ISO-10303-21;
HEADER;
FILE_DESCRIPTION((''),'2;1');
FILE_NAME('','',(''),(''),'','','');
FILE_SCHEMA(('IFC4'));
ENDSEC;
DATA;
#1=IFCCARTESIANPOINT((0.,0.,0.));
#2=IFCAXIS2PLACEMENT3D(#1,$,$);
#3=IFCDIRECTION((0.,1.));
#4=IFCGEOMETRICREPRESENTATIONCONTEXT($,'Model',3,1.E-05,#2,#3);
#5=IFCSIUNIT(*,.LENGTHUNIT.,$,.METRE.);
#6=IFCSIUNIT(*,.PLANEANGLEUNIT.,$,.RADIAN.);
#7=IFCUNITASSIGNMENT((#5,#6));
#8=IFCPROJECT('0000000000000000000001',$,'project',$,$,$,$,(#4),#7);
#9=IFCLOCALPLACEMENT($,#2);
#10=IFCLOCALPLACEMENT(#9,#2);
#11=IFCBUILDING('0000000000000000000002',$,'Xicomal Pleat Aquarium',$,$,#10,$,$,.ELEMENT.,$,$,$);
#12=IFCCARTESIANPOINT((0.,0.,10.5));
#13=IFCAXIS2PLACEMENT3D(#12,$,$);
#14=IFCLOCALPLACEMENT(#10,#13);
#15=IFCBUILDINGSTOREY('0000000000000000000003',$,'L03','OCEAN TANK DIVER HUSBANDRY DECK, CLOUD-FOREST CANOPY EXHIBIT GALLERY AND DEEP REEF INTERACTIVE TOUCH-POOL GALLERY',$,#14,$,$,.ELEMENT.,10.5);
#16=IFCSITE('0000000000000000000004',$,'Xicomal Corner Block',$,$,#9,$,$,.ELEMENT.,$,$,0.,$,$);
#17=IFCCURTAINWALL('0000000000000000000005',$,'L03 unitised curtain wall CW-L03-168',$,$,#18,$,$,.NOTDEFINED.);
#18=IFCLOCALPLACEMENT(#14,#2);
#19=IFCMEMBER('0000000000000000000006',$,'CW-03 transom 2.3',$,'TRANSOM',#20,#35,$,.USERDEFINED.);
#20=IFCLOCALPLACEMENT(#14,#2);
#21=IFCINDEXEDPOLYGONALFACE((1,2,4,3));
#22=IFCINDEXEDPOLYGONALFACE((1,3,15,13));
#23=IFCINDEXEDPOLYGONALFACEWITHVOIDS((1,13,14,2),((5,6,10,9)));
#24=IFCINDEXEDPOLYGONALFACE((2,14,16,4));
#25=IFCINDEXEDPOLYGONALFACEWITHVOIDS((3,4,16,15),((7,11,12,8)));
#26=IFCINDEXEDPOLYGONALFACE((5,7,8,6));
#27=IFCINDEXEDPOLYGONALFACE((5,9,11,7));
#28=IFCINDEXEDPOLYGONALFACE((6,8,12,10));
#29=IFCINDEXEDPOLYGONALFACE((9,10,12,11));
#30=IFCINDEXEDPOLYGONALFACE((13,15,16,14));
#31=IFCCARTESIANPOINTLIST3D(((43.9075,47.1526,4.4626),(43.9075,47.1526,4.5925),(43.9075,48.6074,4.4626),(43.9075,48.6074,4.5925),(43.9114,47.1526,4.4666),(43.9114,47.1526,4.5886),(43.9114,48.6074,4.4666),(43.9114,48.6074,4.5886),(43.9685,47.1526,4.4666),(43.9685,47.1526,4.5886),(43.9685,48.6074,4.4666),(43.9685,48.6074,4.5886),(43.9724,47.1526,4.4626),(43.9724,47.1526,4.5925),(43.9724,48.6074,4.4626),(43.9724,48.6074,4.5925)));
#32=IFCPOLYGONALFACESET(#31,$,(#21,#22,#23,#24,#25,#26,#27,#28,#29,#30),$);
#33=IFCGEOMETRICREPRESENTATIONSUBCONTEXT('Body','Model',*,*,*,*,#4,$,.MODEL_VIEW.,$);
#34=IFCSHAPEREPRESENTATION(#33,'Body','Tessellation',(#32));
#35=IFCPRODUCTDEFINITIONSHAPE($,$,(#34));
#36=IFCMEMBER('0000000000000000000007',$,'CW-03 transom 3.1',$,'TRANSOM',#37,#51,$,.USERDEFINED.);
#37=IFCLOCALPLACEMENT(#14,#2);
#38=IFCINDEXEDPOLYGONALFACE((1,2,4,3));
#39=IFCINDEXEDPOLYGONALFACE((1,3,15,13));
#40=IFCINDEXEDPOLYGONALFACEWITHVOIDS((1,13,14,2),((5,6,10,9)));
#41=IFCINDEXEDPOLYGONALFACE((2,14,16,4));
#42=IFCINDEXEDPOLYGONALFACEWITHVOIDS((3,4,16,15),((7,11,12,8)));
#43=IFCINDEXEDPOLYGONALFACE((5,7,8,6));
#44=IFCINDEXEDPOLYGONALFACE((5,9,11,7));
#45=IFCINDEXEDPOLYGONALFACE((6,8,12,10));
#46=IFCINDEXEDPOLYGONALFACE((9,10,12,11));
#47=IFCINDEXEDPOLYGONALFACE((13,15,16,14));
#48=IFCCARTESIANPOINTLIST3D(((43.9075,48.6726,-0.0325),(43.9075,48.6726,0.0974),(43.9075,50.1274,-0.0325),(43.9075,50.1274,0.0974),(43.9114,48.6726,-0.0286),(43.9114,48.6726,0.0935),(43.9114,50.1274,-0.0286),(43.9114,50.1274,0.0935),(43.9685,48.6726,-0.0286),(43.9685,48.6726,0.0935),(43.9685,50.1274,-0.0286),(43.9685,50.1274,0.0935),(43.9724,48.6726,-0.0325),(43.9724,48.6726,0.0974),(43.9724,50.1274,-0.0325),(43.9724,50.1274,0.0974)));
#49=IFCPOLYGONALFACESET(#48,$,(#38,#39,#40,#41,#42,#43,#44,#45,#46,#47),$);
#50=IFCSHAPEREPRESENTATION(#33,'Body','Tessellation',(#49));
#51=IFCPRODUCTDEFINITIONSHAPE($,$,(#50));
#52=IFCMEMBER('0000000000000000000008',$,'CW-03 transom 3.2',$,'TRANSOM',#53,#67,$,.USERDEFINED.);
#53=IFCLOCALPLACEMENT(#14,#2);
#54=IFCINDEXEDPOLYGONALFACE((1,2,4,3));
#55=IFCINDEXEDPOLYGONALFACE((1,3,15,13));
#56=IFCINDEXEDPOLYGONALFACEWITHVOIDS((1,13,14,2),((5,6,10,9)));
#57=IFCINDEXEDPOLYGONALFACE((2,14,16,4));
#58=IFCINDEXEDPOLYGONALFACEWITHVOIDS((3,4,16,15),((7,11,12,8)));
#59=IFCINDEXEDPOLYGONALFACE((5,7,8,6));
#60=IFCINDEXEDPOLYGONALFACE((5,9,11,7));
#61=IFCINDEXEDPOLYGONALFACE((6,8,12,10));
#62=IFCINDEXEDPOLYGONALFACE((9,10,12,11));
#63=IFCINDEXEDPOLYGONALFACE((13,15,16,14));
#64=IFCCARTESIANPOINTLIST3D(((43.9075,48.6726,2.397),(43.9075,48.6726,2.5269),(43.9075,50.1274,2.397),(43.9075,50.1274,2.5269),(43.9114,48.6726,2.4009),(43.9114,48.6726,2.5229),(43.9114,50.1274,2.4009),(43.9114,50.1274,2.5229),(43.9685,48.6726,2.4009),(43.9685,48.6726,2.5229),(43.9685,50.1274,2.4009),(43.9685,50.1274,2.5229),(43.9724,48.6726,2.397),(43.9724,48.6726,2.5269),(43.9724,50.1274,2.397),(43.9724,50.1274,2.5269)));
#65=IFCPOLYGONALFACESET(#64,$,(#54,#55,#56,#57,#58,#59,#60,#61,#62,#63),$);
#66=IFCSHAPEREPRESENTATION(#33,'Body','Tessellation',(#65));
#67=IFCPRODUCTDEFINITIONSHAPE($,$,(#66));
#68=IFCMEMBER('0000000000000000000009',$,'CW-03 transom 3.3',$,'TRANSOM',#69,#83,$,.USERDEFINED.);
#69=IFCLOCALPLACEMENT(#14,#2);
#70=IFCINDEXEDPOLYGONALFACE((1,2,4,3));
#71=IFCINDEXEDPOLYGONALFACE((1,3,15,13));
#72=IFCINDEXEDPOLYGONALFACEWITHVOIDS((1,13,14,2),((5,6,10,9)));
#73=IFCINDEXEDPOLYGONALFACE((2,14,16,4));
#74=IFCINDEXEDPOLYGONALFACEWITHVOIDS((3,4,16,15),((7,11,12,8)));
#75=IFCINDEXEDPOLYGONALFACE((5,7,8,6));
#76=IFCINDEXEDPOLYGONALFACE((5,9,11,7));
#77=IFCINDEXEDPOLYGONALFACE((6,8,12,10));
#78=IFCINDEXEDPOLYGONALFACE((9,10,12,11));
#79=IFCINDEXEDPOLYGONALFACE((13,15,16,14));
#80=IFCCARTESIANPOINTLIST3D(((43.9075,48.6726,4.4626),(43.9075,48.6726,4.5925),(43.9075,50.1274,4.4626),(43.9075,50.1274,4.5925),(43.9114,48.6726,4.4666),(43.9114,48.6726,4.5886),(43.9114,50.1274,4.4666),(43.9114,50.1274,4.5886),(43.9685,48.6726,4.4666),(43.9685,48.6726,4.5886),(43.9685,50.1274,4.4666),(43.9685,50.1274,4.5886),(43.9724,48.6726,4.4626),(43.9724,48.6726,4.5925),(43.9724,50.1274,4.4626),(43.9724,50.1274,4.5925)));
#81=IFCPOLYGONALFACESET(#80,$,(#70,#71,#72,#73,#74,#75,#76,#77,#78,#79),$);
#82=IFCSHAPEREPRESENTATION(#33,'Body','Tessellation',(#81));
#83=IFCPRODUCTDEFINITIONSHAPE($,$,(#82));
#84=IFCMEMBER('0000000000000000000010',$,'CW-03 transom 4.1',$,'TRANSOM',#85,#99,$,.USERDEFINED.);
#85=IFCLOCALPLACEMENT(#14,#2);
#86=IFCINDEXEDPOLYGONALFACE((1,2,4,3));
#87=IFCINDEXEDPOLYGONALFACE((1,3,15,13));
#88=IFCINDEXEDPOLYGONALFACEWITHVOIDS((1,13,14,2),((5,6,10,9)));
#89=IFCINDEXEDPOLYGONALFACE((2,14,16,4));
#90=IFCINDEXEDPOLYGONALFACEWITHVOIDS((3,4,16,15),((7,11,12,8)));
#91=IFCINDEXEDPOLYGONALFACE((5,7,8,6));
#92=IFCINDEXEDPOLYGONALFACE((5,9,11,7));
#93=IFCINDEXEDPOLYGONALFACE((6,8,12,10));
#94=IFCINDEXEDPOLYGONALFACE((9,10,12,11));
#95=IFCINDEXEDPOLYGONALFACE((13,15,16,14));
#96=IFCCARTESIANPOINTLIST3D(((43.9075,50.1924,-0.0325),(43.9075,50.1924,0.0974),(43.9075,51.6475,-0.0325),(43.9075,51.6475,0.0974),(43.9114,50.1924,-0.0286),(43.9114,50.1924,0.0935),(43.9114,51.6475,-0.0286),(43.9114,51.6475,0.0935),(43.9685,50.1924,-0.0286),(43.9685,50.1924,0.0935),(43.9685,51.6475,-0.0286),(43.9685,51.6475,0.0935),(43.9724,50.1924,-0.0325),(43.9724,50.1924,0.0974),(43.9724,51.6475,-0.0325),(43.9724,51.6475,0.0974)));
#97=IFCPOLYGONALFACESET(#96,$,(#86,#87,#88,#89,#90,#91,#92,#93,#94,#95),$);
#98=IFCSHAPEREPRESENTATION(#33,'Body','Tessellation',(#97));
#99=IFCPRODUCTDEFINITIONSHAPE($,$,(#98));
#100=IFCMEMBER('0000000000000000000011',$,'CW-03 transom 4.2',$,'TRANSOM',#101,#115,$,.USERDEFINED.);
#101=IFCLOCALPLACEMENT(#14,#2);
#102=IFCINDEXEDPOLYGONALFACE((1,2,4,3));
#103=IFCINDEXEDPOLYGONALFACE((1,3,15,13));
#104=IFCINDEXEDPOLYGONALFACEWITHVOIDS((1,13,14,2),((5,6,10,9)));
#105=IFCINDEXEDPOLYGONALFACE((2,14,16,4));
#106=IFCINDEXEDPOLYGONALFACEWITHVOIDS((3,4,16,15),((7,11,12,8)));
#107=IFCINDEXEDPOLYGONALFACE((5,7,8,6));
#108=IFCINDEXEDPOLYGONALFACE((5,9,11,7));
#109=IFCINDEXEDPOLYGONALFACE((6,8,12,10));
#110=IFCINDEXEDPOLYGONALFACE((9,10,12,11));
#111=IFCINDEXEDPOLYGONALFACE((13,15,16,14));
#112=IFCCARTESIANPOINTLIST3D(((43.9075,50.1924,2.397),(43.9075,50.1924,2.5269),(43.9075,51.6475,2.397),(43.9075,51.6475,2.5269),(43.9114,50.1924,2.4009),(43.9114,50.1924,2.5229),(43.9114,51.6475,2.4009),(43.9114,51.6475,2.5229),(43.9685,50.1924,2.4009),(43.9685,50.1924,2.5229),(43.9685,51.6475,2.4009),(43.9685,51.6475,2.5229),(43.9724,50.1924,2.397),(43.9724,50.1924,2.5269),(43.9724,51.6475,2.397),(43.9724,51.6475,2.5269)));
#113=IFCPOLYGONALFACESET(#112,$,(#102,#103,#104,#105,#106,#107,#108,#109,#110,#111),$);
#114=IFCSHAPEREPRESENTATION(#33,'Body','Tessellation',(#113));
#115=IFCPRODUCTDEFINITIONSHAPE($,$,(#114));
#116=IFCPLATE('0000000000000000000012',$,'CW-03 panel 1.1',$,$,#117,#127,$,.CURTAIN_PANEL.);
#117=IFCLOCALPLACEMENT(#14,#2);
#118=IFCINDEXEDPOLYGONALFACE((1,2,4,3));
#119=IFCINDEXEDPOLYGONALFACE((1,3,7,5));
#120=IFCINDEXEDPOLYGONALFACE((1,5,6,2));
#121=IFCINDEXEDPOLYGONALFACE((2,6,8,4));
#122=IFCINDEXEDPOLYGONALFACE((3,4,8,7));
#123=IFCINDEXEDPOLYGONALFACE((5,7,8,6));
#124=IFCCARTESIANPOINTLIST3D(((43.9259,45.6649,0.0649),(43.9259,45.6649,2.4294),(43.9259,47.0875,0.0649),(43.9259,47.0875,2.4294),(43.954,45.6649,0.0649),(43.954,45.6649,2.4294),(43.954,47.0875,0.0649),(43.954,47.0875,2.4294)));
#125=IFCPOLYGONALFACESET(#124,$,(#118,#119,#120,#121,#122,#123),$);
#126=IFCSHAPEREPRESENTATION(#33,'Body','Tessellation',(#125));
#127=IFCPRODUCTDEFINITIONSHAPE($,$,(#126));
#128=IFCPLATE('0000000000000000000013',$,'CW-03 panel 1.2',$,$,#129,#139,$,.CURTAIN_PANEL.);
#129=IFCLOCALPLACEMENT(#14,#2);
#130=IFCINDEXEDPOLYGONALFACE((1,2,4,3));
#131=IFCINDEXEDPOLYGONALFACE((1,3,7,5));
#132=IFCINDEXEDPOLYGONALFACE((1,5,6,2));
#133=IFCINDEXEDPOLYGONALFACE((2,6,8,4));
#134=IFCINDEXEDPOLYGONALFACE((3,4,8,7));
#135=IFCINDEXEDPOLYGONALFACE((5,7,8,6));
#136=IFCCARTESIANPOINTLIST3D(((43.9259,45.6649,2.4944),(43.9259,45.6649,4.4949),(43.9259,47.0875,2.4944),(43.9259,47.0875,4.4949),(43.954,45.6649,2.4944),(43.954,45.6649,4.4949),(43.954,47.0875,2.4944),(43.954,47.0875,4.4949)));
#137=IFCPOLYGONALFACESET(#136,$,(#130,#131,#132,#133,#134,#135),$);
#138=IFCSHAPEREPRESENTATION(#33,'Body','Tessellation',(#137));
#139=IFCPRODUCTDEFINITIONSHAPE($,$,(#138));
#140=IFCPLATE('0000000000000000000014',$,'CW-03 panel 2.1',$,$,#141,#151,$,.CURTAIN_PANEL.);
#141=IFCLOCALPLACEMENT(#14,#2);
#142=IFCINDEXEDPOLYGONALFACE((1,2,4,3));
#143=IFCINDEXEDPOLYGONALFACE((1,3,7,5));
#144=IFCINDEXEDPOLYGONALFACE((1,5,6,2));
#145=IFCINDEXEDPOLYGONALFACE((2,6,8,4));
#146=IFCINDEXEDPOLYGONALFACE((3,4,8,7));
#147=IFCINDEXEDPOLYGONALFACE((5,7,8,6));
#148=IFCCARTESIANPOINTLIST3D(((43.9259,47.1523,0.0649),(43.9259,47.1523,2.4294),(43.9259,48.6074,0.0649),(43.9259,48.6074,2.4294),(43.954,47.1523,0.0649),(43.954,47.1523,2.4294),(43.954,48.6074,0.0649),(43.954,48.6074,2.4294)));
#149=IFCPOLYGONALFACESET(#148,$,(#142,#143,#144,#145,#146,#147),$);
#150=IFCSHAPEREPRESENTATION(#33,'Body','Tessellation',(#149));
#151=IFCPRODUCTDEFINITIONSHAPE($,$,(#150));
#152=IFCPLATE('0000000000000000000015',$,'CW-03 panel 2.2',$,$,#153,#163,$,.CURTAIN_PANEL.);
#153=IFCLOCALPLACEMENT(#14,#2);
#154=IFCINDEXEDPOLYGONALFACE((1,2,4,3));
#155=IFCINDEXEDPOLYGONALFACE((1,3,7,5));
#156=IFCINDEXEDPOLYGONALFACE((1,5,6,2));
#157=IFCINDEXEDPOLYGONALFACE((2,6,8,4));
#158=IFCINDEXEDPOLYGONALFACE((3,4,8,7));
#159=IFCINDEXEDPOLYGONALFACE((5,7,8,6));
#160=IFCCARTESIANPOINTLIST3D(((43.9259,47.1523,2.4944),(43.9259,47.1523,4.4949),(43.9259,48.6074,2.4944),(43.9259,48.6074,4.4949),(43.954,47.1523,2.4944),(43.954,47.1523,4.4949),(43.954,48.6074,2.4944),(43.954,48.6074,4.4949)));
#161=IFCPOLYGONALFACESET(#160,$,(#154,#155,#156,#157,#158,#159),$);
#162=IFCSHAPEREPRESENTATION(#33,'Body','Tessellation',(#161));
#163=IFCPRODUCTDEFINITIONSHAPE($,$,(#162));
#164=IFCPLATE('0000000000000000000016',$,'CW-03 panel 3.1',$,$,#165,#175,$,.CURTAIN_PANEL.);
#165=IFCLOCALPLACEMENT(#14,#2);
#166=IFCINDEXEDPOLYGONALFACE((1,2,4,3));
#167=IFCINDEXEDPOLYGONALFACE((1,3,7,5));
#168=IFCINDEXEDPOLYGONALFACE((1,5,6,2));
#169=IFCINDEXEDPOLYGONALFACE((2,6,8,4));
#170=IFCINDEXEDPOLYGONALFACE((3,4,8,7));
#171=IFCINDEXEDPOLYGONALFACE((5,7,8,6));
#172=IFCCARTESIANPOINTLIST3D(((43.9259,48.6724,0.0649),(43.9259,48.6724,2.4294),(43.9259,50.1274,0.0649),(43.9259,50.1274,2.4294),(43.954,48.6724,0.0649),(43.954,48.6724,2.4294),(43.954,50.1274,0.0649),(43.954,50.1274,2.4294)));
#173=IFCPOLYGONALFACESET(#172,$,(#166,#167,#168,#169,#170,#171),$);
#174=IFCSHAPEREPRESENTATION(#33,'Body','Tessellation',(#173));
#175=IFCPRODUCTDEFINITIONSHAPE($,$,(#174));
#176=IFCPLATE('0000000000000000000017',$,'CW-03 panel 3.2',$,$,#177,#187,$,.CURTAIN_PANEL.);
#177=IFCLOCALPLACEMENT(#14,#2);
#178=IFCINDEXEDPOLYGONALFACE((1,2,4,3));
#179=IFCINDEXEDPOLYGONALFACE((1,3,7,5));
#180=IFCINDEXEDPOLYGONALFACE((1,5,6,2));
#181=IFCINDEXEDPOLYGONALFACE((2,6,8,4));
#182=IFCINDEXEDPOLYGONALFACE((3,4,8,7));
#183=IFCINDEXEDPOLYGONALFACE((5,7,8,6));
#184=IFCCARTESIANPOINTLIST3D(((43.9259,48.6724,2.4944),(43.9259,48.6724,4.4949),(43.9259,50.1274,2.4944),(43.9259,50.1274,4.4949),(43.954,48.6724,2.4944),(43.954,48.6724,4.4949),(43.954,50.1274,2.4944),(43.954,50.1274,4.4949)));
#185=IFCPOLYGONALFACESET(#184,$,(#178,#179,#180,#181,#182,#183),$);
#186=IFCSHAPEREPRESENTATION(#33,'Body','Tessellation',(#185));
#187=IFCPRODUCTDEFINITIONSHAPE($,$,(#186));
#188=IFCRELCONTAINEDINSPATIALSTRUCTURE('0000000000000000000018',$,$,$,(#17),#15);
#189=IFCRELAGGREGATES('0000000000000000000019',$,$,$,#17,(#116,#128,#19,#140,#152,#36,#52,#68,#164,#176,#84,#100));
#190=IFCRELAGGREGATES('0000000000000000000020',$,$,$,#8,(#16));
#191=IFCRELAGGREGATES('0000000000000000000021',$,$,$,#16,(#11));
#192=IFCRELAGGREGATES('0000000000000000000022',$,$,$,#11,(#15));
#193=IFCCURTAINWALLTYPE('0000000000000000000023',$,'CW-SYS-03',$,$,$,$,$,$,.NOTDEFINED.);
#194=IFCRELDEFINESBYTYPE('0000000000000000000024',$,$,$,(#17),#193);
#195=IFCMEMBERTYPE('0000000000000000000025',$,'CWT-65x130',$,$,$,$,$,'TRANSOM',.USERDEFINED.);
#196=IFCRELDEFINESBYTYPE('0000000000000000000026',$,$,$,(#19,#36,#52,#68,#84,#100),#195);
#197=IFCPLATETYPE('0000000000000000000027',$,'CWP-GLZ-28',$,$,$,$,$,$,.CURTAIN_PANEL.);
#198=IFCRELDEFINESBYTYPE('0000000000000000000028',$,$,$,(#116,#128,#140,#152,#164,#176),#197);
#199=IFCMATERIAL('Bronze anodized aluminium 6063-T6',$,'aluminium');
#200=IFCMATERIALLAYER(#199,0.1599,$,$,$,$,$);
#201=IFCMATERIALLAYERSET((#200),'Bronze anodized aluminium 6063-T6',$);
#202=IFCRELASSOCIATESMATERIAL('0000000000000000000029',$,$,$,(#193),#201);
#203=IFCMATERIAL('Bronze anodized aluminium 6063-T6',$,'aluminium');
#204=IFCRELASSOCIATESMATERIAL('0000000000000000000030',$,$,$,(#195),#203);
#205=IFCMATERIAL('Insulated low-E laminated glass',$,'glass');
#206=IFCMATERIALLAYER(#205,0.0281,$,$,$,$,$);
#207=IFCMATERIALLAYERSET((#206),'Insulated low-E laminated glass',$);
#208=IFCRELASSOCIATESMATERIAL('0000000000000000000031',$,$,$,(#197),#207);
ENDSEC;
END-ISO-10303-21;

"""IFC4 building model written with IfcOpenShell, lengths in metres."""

from ifc_helpers import new_model, si_unit, direction, frame, origin, origin_2d, place, context, subcontext, project, spatial, rectangle, hollow_rectangle, extrude, material, layer, layer_set, material_profile, profile_set, type_object, element, aggregate, save


model = new_model("IFC4")

# Units and contexts
model_context = context("Model", 3, precision=1e-05, world=origin(), true_north=direction((0.0, 1.0)))
body_context = subcontext(model_context, "Body", "Model", "MODEL_VIEW")
ifc_project = project(units=[si_unit("LENGTHUNIT", "METRE"), si_unit("PLANEANGLEUNIT", "RADIAN")], contexts=[model_context])

# Site, building, storey
site_placement = place(None, origin())
site = spatial("IfcSite", under=ifc_project, at=site_placement, Name="Xicomal Corner Block", CompositionType="ELEMENT", RefElevation=0.0)
building_placement = place(site_placement, origin())
building = spatial("IfcBuilding", under=site, at=building_placement, Name="Xicomal Pleat Aquarium", CompositionType="ELEMENT")
storey_placement = place(building_placement, frame((0.0, 0.0, 10.5)))
storey = spatial("IfcBuildingStorey", under=building, at=storey_placement, Name="L03", Description="OCEAN TANK DIVER HUSBANDRY DECK, CLOUD-FOREST CANOPY EXHIBIT GALLERY AND DEEP REEF INTERACTIVE TOUCH-POOL GALLERY", CompositionType="ELEMENT", Elevation=10.5)

# Curtain wall, members, plates
ifc_material_1 = material(Name="Bronze anodized aluminium 6063-T6", Category="aluminium")
ifc_layer_1 = layer(ifc_material_1, 0.1599)
ifc_layer_set_1 = layer_set([ifc_layer_1], Name="Bronze anodized aluminium 6063-T6")
curtain_wall_type = type_object("IfcCurtainWallType", Name="CW-SYS-03", PredefinedType="NOTDEFINED", material=ifc_layer_set_1)
curtain_wall_placement = place(storey_placement, origin())
curtain_wall = element("IfcCurtainWall", 1, at=curtain_wall_placement, inside=storey, type_object=curtain_wall_type, Name="L03 unitised curtain wall CW-L03-168", PredefinedType="NOTDEFINED")
ifc_material_2 = material(Name="Bronze anodized aluminium 6063-T6", Category="aluminium")
ifc_material_profile_1 = material_profile(ifc_material_2, hollow_rectangle(XDim=0.0649, YDim=0.1299, WallThickness=0.0039, at=origin_2d()), Name="ALU TRAN 65x130")
ifc_profile_set_1 = profile_set([ifc_material_profile_1], Name="Bronze anodized aluminium 6063-T6")
member_type_1 = type_object("IfcMemberType", Name="CWT-65x130", ElementType="TRANSOM", PredefinedType="USERDEFINED", material=ifc_profile_set_1)
member_1_placement = place(storey_placement, frame((43.9399, 47.1526, 4.5276), z_axis=(0.0, 1.0, 0.0), x_axis=(-1.0, 0.0, 0.0)))
member_1 = element("IfcMember", 2, at=member_1_placement, type_object=member_type_1, Name="CW-03 transom 2.3", ObjectType="TRANSOM", PredefinedType="USERDEFINED", context=body_context, shape_type="SweptSolid", body=[
    extrude(hollow_rectangle(XDim=0.0649, YDim=0.1299, WallThickness=0.0039, at=origin_2d()), origin(), (0.0, 0.0, 1.0), 1.4548),
])
member_2_placement = place(storey_placement, frame((43.9399, 48.6726, 0.0325), z_axis=(0.0, 1.0, 0.0), x_axis=(-1.0, 0.0, 0.0)))
member_2 = element("IfcMember", 3, at=member_2_placement, type_object=member_type_1, Name="CW-03 transom 3.1", ObjectType="TRANSOM", PredefinedType="USERDEFINED", context=body_context, shape_type="SweptSolid", body=[
    extrude(hollow_rectangle(XDim=0.0649, YDim=0.1299, WallThickness=0.0039, at=origin_2d()), origin(), (0.0, 0.0, 1.0), 1.4548),
])
member_3_placement = place(storey_placement, frame((43.9399, 48.6726, 2.4619), z_axis=(0.0, 1.0, 0.0), x_axis=(-1.0, 0.0, 0.0)))
member_3 = element("IfcMember", 4, at=member_3_placement, type_object=member_type_1, Name="CW-03 transom 3.2", ObjectType="TRANSOM", PredefinedType="USERDEFINED", context=body_context, shape_type="SweptSolid", body=[
    extrude(hollow_rectangle(XDim=0.0649, YDim=0.1299, WallThickness=0.0039, at=origin_2d()), origin(), (0.0, 0.0, 1.0), 1.4548),
])
member_4_placement = place(storey_placement, frame((43.9399, 48.6726, 4.5276), z_axis=(0.0, 1.0, 0.0), x_axis=(-1.0, 0.0, 0.0)))
member_4 = element("IfcMember", 5, at=member_4_placement, type_object=member_type_1, Name="CW-03 transom 3.3", ObjectType="TRANSOM", PredefinedType="USERDEFINED", context=body_context, shape_type="SweptSolid", body=[
    extrude(hollow_rectangle(XDim=0.0649, YDim=0.1299, WallThickness=0.0039, at=origin_2d()), origin(), (0.0, 0.0, 1.0), 1.4548),
])
member_5_placement = place(storey_placement, frame((43.9399, 50.1924, 0.0325), z_axis=(0.0, 1.0, 0.0), x_axis=(-1.0, 0.0, 0.0)))
member_5 = element("IfcMember", 6, at=member_5_placement, type_object=member_type_1, Name="CW-03 transom 4.1", ObjectType="TRANSOM", PredefinedType="USERDEFINED", context=body_context, shape_type="SweptSolid", body=[
    extrude(hollow_rectangle(XDim=0.0649, YDim=0.1299, WallThickness=0.0039, at=origin_2d()), origin(), (0.0, 0.0, 1.0), 1.4551),
])
member_6_placement = place(storey_placement, frame((43.9399, 50.1924, 2.4619), z_axis=(0.0, 1.0, 0.0), x_axis=(-1.0, 0.0, 0.0)))
member_6 = element("IfcMember", 7, at=member_6_placement, type_object=member_type_1, Name="CW-03 transom 4.2", ObjectType="TRANSOM", PredefinedType="USERDEFINED", context=body_context, shape_type="SweptSolid", body=[
    extrude(hollow_rectangle(XDim=0.0649, YDim=0.1299, WallThickness=0.0039, at=origin_2d()), origin(), (0.0, 0.0, 1.0), 1.4551),
])
ifc_material_3 = material(Name="Insulated low-E laminated glass", Category="glass")
ifc_layer_2 = layer(ifc_material_3, 0.0281)
ifc_layer_set_2 = layer_set([ifc_layer_2], Name="Insulated low-E laminated glass")
plate_type = type_object("IfcPlateType", Name="CWP-GLZ-28", PredefinedType="CURTAIN_PANEL", material=ifc_layer_set_2)
plate_1_placement = place(storey_placement, frame((43.9399, 46.3762, 0.0649), z_axis=(0.0, 0.0, 1.0), x_axis=(0.0, 1.0, 0.0)))
plate_1 = element("IfcPlate", 8, at=plate_1_placement, type_object=plate_type, Name="CW-03 panel 1.1", PredefinedType="CURTAIN_PANEL", context=body_context, shape_type="SweptSolid", body=[
    extrude(rectangle(XDim=1.4226, YDim=0.0281, at=origin_2d()), origin(), (0.0, 0.0, 1.0), 2.3645),
])
plate_2_placement = place(storey_placement, frame((43.9399, 46.3762, 2.4944), z_axis=(0.0, 0.0, 1.0), x_axis=(0.0, 1.0, 0.0)))
plate_2 = element("IfcPlate", 9, at=plate_2_placement, type_object=plate_type, Name="CW-03 panel 1.2", PredefinedType="CURTAIN_PANEL", context=body_context, shape_type="SweptSolid", body=[
    extrude(rectangle(XDim=1.4226, YDim=0.0281, at=origin_2d()), origin(), (0.0, 0.0, 1.0), 2.0005),
])
plate_3_placement = place(storey_placement, frame((43.9399, 47.8799, 0.0649), z_axis=(0.0, 0.0, 1.0), x_axis=(0.0, 1.0, 0.0)))
plate_3 = element("IfcPlate", 10, at=plate_3_placement, type_object=plate_type, Name="CW-03 panel 2.1", PredefinedType="CURTAIN_PANEL", context=body_context, shape_type="SweptSolid", body=[
    extrude(rectangle(XDim=1.4551, YDim=0.0281, at=origin_2d()), origin(), (0.0, 0.0, 1.0), 2.3645),
])
plate_4_placement = place(storey_placement, frame((43.9399, 47.8799, 2.4944), z_axis=(0.0, 0.0, 1.0), x_axis=(0.0, 1.0, 0.0)))
plate_4 = element("IfcPlate", 11, at=plate_4_placement, type_object=plate_type, Name="CW-03 panel 2.2", PredefinedType="CURTAIN_PANEL", context=body_context, shape_type="SweptSolid", body=[
    extrude(rectangle(XDim=1.4551, YDim=0.0281, at=origin_2d()), origin(), (0.0, 0.0, 1.0), 2.0005),
])
plate_5_placement = place(storey_placement, frame((43.9399, 49.3999, 0.0649), z_axis=(0.0, 0.0, 1.0), x_axis=(0.0, 1.0, 0.0)))
plate_5 = element("IfcPlate", 12, at=plate_5_placement, type_object=plate_type, Name="CW-03 panel 3.1", PredefinedType="CURTAIN_PANEL", context=body_context, shape_type="SweptSolid", body=[
    extrude(rectangle(XDim=1.4551, YDim=0.0281, at=origin_2d()), origin(), (0.0, 0.0, 1.0), 2.3645),
])
plate_6_placement = place(storey_placement, frame((43.9399, 49.3999, 2.4944), z_axis=(0.0, 0.0, 1.0), x_axis=(0.0, 1.0, 0.0)))
plate_6 = element("IfcPlate", 13, at=plate_6_placement, type_object=plate_type, Name="CW-03 panel 3.2", PredefinedType="CURTAIN_PANEL", context=body_context, shape_type="SweptSolid", body=[
    extrude(rectangle(XDim=1.4551, YDim=0.0281, at=origin_2d()), origin(), (0.0, 0.0, 1.0), 2.0005),
])
aggregate(curtain_wall, [plate_1, plate_2, member_1, plate_3, plate_4, member_2, member_3, member_4, plate_5, plate_6, member_5, member_6])

save(model, "model.ifc")
